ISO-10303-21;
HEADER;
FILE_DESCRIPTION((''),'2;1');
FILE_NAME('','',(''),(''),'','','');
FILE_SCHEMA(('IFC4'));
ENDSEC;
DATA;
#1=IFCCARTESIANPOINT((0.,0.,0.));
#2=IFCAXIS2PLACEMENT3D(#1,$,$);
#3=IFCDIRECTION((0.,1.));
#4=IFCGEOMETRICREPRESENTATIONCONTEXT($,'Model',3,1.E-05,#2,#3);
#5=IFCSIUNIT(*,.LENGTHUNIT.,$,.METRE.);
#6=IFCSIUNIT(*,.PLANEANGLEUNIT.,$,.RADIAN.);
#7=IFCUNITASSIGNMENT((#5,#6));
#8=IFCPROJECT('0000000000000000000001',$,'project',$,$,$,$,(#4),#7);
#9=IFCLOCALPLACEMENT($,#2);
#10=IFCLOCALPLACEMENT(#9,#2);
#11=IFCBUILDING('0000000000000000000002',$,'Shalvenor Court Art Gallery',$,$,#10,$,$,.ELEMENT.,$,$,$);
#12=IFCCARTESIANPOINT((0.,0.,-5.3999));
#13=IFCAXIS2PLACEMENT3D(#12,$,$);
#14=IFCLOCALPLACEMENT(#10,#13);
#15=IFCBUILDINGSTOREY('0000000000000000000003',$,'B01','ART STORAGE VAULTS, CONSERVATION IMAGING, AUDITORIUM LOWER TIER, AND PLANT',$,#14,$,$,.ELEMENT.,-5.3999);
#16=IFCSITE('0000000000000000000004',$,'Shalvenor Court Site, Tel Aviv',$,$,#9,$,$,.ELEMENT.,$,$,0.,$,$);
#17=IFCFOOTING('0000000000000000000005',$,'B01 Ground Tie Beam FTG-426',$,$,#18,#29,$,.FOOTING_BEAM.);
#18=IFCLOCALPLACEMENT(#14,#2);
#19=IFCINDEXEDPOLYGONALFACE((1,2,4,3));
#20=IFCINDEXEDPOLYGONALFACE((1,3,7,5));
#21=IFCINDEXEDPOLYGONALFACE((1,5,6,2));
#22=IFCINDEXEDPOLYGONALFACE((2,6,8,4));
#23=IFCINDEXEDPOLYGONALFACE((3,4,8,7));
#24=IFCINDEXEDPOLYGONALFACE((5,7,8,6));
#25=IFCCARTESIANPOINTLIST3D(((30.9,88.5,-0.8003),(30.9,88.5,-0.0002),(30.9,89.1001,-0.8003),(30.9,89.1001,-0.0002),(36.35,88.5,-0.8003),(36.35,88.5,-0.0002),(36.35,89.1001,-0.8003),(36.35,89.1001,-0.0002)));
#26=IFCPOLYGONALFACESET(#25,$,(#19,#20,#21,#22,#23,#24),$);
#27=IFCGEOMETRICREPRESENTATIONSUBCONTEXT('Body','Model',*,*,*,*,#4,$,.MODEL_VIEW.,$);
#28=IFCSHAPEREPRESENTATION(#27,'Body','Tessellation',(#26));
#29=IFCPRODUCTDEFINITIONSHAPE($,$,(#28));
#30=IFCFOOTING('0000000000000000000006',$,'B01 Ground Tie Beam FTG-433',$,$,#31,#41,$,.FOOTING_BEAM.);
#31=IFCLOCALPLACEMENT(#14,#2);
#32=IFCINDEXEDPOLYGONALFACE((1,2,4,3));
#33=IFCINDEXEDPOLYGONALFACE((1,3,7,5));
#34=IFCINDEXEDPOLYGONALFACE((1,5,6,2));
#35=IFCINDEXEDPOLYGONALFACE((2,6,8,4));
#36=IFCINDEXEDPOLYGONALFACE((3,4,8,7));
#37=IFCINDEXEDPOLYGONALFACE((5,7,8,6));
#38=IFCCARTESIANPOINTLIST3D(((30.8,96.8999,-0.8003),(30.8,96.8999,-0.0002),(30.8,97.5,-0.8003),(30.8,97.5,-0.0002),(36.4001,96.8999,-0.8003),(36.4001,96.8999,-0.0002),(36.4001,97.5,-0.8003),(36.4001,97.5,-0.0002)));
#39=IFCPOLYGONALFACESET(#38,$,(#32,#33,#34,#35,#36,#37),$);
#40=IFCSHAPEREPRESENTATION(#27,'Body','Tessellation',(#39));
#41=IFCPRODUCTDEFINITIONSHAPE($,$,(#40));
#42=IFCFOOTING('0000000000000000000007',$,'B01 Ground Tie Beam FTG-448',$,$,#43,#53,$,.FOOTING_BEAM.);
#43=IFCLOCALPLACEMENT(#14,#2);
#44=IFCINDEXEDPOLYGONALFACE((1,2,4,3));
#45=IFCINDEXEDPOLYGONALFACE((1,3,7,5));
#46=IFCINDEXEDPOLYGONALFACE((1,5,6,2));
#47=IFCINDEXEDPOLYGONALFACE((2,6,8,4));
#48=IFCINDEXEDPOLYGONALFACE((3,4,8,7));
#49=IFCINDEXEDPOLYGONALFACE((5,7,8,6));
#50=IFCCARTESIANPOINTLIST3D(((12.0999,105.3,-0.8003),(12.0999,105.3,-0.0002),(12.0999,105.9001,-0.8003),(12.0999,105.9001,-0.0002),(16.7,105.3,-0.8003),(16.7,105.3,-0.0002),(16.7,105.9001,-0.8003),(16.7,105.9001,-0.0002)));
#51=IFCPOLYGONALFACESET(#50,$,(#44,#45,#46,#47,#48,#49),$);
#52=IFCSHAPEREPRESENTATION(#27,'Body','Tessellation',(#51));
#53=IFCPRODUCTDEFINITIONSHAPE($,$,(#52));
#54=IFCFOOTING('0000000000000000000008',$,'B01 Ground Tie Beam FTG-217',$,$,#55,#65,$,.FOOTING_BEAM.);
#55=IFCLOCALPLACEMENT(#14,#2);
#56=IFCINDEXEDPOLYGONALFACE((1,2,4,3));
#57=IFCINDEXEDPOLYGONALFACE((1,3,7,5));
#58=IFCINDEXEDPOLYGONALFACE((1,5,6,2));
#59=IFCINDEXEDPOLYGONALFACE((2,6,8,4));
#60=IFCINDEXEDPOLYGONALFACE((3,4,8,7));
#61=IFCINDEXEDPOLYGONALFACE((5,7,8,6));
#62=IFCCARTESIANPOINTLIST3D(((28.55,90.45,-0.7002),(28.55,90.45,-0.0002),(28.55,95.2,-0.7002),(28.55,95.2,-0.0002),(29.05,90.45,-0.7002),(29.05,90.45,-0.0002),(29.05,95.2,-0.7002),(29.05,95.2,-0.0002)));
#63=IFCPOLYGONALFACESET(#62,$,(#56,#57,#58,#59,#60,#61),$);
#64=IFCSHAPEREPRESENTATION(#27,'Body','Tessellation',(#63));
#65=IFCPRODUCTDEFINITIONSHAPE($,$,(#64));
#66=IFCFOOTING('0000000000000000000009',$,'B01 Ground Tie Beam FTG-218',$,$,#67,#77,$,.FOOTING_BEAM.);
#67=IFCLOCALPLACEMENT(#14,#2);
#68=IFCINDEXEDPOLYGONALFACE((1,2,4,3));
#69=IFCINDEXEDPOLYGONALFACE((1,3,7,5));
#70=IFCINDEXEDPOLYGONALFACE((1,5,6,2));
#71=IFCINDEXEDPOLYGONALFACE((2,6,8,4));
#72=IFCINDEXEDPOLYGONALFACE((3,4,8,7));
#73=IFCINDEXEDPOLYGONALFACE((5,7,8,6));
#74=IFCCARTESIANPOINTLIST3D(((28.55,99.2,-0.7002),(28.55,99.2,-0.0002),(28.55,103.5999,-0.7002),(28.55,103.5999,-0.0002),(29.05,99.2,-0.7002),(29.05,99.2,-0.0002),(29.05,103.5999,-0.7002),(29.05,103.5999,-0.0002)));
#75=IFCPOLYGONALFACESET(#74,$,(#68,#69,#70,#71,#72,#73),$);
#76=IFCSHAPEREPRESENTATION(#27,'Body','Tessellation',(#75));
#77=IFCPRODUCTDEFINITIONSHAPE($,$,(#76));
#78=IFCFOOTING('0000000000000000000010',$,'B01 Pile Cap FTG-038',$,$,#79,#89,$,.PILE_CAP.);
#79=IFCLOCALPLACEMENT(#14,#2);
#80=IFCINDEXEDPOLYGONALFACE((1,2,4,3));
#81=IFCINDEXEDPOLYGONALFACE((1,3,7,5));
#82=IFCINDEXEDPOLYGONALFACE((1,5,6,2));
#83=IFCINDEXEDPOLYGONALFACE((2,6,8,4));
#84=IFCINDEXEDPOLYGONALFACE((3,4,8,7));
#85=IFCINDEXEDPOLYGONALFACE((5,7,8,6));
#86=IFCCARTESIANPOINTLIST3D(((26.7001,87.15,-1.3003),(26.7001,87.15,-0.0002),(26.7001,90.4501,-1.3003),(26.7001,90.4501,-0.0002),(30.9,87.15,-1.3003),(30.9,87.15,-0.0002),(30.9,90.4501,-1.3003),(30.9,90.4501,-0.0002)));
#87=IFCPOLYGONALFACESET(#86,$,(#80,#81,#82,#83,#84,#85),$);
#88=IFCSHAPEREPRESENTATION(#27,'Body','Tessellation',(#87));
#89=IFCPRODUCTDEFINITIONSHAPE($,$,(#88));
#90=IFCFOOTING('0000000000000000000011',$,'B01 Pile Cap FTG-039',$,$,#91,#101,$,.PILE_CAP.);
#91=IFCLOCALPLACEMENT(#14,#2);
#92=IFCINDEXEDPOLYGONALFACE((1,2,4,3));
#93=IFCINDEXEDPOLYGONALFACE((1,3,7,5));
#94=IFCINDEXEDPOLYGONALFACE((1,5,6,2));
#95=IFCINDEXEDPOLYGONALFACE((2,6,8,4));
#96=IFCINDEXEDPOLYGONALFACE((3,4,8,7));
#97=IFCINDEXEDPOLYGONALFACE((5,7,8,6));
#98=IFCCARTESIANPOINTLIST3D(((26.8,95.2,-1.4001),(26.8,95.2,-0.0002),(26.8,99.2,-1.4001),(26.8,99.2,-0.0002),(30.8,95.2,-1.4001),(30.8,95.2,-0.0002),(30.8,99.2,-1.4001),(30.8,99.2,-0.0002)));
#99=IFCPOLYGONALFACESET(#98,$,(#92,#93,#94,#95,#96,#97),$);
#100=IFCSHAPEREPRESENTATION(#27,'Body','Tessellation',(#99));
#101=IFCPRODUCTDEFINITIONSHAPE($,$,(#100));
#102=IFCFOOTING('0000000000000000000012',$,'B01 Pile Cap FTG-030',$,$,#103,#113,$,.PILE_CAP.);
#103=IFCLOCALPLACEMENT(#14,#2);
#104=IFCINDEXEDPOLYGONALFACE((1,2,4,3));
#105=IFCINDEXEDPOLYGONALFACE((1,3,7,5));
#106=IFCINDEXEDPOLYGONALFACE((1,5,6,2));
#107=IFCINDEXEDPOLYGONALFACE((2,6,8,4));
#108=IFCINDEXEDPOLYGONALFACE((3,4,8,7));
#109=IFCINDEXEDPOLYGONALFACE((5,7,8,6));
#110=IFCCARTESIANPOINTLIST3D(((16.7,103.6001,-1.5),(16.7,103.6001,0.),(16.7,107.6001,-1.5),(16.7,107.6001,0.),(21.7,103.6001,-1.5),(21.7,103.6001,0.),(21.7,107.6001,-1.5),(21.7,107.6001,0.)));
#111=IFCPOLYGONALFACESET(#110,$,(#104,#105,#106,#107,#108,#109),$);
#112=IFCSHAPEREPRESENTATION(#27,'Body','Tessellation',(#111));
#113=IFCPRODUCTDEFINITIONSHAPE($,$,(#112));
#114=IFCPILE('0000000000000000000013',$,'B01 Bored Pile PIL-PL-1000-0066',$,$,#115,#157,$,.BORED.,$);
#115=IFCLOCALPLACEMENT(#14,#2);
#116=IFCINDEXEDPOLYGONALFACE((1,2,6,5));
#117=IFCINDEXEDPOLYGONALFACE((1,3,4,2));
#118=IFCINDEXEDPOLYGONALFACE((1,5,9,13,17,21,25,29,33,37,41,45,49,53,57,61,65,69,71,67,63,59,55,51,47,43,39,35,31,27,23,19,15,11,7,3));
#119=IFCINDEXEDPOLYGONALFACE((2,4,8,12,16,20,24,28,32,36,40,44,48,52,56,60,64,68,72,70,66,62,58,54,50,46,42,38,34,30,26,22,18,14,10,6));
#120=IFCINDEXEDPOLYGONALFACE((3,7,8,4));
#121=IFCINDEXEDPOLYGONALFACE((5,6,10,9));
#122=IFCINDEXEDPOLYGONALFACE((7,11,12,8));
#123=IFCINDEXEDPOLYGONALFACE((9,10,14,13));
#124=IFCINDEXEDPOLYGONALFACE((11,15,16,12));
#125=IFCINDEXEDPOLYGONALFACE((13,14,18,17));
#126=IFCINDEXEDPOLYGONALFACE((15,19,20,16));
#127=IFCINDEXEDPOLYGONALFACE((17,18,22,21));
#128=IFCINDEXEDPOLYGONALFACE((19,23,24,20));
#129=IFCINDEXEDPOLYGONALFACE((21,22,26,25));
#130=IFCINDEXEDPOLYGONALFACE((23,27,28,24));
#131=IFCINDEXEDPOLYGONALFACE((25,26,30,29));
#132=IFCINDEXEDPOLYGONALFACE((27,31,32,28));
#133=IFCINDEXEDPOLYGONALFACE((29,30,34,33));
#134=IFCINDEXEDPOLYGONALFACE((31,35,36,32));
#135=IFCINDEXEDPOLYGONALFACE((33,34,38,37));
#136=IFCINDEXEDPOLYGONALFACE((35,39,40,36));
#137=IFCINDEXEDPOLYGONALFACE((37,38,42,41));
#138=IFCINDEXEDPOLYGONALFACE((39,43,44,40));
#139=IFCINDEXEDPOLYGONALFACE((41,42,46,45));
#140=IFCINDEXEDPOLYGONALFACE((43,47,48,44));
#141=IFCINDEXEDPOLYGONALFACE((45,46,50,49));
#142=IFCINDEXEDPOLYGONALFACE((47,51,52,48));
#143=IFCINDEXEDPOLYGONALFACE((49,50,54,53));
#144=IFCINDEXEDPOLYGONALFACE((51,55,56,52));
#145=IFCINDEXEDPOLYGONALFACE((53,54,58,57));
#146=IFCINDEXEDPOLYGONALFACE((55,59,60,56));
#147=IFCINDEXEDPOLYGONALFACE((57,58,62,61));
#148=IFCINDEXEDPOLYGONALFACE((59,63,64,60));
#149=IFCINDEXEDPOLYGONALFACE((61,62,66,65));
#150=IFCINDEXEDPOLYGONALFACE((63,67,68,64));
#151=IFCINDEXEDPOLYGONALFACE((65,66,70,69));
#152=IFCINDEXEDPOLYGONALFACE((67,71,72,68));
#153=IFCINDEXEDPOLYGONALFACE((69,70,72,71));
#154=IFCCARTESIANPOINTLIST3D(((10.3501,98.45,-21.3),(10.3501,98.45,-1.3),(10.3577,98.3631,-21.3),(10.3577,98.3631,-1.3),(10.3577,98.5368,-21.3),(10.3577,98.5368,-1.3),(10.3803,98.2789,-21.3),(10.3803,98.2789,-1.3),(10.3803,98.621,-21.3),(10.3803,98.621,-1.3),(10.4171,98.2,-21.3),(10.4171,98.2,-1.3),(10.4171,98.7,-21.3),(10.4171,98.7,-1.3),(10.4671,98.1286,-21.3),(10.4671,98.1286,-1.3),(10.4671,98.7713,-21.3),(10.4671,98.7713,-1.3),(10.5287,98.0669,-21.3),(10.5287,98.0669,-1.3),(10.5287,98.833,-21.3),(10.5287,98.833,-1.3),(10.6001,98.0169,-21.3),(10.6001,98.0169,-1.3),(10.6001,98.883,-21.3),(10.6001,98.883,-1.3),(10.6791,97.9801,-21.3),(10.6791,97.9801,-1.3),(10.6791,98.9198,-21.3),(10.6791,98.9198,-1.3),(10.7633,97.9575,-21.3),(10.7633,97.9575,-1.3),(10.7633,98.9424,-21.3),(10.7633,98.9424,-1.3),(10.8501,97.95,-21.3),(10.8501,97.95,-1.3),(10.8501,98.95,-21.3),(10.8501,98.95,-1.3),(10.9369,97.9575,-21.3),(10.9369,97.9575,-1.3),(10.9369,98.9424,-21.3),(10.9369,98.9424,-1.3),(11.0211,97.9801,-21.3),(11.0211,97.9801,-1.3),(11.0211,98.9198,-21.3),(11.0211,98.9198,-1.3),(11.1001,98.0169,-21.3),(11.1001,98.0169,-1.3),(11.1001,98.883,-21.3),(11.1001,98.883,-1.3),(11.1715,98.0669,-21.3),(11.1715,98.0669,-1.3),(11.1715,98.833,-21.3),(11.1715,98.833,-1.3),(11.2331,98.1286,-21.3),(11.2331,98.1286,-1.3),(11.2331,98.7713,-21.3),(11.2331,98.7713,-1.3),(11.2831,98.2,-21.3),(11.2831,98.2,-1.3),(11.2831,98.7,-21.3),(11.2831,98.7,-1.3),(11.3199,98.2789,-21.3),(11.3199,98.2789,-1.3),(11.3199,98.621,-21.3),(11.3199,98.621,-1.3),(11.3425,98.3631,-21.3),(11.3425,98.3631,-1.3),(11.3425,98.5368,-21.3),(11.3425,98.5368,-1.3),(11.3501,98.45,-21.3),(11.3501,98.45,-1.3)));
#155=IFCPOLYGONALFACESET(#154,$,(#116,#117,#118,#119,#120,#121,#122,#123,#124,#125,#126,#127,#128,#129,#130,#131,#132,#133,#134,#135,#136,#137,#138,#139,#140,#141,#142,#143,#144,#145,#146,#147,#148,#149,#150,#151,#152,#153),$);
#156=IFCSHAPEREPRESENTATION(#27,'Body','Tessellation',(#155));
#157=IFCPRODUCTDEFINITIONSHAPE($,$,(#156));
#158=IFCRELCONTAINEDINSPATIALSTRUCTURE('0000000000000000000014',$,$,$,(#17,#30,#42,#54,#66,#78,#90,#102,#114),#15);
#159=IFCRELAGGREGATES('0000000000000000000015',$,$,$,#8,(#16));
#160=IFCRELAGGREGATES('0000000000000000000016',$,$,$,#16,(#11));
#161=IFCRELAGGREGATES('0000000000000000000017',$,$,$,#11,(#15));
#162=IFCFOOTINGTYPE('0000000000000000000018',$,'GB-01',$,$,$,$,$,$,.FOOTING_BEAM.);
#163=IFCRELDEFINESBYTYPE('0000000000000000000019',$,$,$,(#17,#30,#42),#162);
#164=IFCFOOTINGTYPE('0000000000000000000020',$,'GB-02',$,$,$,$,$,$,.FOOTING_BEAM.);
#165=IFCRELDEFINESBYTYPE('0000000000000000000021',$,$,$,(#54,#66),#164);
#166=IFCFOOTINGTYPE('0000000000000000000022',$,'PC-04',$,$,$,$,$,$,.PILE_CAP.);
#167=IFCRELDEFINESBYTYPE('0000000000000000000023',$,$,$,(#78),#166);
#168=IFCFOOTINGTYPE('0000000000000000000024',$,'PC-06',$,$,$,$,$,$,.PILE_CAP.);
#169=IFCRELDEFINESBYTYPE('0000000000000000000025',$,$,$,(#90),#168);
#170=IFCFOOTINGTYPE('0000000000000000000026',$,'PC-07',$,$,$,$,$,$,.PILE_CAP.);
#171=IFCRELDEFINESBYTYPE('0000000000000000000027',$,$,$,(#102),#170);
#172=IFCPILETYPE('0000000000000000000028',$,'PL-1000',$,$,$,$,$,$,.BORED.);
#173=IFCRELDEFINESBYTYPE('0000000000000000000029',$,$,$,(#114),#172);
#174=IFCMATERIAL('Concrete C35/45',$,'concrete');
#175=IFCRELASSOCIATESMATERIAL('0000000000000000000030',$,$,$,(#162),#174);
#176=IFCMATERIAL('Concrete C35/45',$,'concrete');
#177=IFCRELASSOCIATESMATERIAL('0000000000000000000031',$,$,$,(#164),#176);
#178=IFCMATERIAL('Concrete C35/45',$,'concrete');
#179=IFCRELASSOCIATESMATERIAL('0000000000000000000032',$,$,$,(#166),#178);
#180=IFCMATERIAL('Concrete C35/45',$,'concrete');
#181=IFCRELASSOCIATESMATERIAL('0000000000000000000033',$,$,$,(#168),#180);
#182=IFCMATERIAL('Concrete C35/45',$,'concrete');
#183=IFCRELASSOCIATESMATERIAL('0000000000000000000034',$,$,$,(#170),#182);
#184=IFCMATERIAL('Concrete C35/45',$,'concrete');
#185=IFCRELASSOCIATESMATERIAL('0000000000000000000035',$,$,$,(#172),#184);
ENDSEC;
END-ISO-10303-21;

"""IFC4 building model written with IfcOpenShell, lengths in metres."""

from ifc_helpers import new_model, si_unit, direction, frame, origin, origin_2d, place, context, subcontext, project, spatial, rectangle, circle, extrude, material, material_profile, profile_set, type_object, element, save


model = new_model("IFC4")

# Units and contexts
model_context = context("Model", 3, precision=1e-05, world=origin(), true_north=direction((0.0, 1.0)))
body_context = subcontext(model_context, "Body", "Model", "MODEL_VIEW")
ifc_project = project(units=[si_unit("LENGTHUNIT", "METRE"), si_unit("PLANEANGLEUNIT", "RADIAN")], contexts=[model_context])

# Site, building, storey
site_placement = place(None, origin())
site = spatial("IfcSite", under=ifc_project, at=site_placement, Name="Shalvenor Court Site, Tel Aviv", CompositionType="ELEMENT", RefElevation=0.0)
building_placement = place(site_placement, origin())
building = spatial("IfcBuilding", under=site, at=building_placement, Name="Shalvenor Court Art Gallery", CompositionType="ELEMENT")
storey_placement = place(building_placement, frame((0.0, 0.0, -5.3999)))
storey = spatial("IfcBuildingStorey", under=building, at=storey_placement, Name="B01", Description="ART STORAGE VAULTS, CONSERVATION IMAGING, AUDITORIUM LOWER TIER, AND PLANT", CompositionType="ELEMENT", Elevation=-5.3999)

# Footings
ifc_material_1 = material(Name="Concrete C35/45", Category="concrete")
footing_type_1 = type_object("IfcFootingType", Name="GB-01", PredefinedType="FOOTING_BEAM", material=ifc_material_1)
footing_1_placement = place(storey_placement, frame((33.625, 88.8, -0.8003), z_axis=(0.0, 0.0, 1.0), x_axis=(1.0, 0.0, 0.0)))
element("IfcFooting", 1, at=footing_1_placement, inside=storey, type_object=footing_type_1, Name="B01 Ground Tie Beam FTG-426", PredefinedType="FOOTING_BEAM", context=body_context, shape_type="SweptSolid", body=[
    extrude(rectangle(XDim=5.45, YDim=0.6001, at=origin_2d()), origin(), (0.0, 0.0, 1.0), 0.8),
])
footing_2_placement = place(storey_placement, frame((33.6001, 97.2, -0.8003), z_axis=(0.0, 0.0, 1.0), x_axis=(1.0, 0.0, 0.0)))
element("IfcFooting", 2, at=footing_2_placement, inside=storey, type_object=footing_type_1, Name="B01 Ground Tie Beam FTG-433", PredefinedType="FOOTING_BEAM", context=body_context, shape_type="SweptSolid", body=[
    extrude(rectangle(XDim=5.6001, YDim=0.6001, at=origin_2d()), origin(), (0.0, 0.0, 1.0), 0.8),
])
footing_3_placement = place(storey_placement, frame((14.3999, 105.6001, -0.8003), z_axis=(0.0, 0.0, 1.0), x_axis=(1.0, 0.0, 0.0)))
element("IfcFooting", 3, at=footing_3_placement, inside=storey, type_object=footing_type_1, Name="B01 Ground Tie Beam FTG-448", PredefinedType="FOOTING_BEAM", context=body_context, shape_type="SweptSolid", body=[
    extrude(rectangle(XDim=4.6001, YDim=0.6001, at=origin_2d()), origin(), (0.0, 0.0, 1.0), 0.8),
])
ifc_material_2 = material(Name="Concrete C35/45", Category="concrete")
footing_type_2 = type_object("IfcFootingType", Name="GB-02", PredefinedType="FOOTING_BEAM", material=ifc_material_2)
footing_4_placement = place(storey_placement, frame((28.8, 92.825, -0.7002), z_axis=(0.0, 0.0, 1.0), x_axis=(0.0, 1.0, 0.0)))
element("IfcFooting", 4, at=footing_4_placement, inside=storey, type_object=footing_type_2, Name="B01 Ground Tie Beam FTG-217", PredefinedType="FOOTING_BEAM", context=body_context, shape_type="SweptSolid", body=[
    extrude(rectangle(XDim=4.75, YDim=0.5, at=origin_2d()), origin(), (0.0, 0.0, 1.0), 0.7),
])
footing_5_placement = place(storey_placement, frame((28.8, 101.3999, -0.7002), z_axis=(0.0, 0.0, 1.0), x_axis=(0.0, 1.0, 0.0)))
element("IfcFooting", 5, at=footing_5_placement, inside=storey, type_object=footing_type_2, Name="B01 Ground Tie Beam FTG-218", PredefinedType="FOOTING_BEAM", context=body_context, shape_type="SweptSolid", body=[
    extrude(rectangle(XDim=4.3999, YDim=0.5, at=origin_2d()), origin(), (0.0, 0.0, 1.0), 0.7),
])
ifc_material_3 = material(Name="Concrete C35/45", Category="concrete")
footing_type_3 = type_object("IfcFootingType", Name="PC-04", PredefinedType="PILE_CAP", material=ifc_material_3)
footing_6_placement = place(storey_placement, frame((28.8, 88.8, -1.3003), z_axis=(0.0, 0.0, 1.0), x_axis=(1.0, 0.0, 0.0)))
element("IfcFooting", 6, at=footing_6_placement, inside=storey, type_object=footing_type_3, Name="B01 Pile Cap FTG-038", PredefinedType="PILE_CAP", context=body_context, shape_type="SweptSolid", body=[
    extrude(rectangle(XDim=4.2, YDim=3.3, at=origin_2d()), origin(), (0.0, 0.0, 1.0), 1.3),
])
ifc_material_4 = material(Name="Concrete C35/45", Category="concrete")
footing_type_4 = type_object("IfcFootingType", Name="PC-06", PredefinedType="PILE_CAP", material=ifc_material_4)
footing_7_placement = place(storey_placement, frame((28.8, 97.2, -1.4001), z_axis=(0.0, 0.0, 1.0), x_axis=(1.0, 0.0, 0.0)))
element("IfcFooting", 7, at=footing_7_placement, inside=storey, type_object=footing_type_4, Name="B01 Pile Cap FTG-039", PredefinedType="PILE_CAP", context=body_context, shape_type="SweptSolid", body=[
    extrude(rectangle(XDim=4.0, YDim=4.0, at=origin_2d()), origin(), (0.0, 0.0, 1.0), 1.3999),
])
ifc_material_5 = material(Name="Concrete C35/45", Category="concrete")
footing_type_5 = type_object("IfcFootingType", Name="PC-07", PredefinedType="PILE_CAP", material=ifc_material_5)
footing_8_placement = place(storey_placement, frame((19.2, 105.6001, -1.5), z_axis=(0.0, 0.0, 1.0), x_axis=(1.0, 0.0, 0.0)))
element("IfcFooting", 8, at=footing_8_placement, inside=storey, type_object=footing_type_5, Name="B01 Pile Cap FTG-030", PredefinedType="PILE_CAP", context=body_context, shape_type="SweptSolid", body=[
    extrude(rectangle(XDim=5.0, YDim=4.0, at=origin_2d()), origin(), (0.0, 0.0, 1.0), 1.5),
])

# Pile
ifc_material_6 = material(Name="Concrete C35/45", Category="concrete")
ifc_material_profile_1 = material_profile(ifc_material_6, circle(Radius=0.5, at=origin_2d()), Name="PILE 1000")
ifc_profile_set_1 = profile_set([ifc_material_profile_1], Name="Concrete C35/45")
pile_type_1 = type_object("IfcPileType", Name="PL-1000", PredefinedType="BORED", material=ifc_profile_set_1)
for number, where, z_axis, x_axis, name in (
    (9, (10.8501, 98.45, -1.3), (0.0, 0.0, -1.0), (1.0, 0.0, 0.0), "B01 Bored Pile PIL-PL-1000-0066"),
):
    element("IfcPile", number, at=place(storey_placement, frame(where, z_axis=z_axis, x_axis=x_axis)), inside=storey, type_object=pile_type_1, Name=name, PredefinedType="BORED", context=body_context, shape_type="SweptSolid", body=[
        extrude(circle(Radius=0.5, at=origin_2d()), origin(), (0.0, 0.0, 1.0), 20.0),
    ])

save(model, "model.ifc")
